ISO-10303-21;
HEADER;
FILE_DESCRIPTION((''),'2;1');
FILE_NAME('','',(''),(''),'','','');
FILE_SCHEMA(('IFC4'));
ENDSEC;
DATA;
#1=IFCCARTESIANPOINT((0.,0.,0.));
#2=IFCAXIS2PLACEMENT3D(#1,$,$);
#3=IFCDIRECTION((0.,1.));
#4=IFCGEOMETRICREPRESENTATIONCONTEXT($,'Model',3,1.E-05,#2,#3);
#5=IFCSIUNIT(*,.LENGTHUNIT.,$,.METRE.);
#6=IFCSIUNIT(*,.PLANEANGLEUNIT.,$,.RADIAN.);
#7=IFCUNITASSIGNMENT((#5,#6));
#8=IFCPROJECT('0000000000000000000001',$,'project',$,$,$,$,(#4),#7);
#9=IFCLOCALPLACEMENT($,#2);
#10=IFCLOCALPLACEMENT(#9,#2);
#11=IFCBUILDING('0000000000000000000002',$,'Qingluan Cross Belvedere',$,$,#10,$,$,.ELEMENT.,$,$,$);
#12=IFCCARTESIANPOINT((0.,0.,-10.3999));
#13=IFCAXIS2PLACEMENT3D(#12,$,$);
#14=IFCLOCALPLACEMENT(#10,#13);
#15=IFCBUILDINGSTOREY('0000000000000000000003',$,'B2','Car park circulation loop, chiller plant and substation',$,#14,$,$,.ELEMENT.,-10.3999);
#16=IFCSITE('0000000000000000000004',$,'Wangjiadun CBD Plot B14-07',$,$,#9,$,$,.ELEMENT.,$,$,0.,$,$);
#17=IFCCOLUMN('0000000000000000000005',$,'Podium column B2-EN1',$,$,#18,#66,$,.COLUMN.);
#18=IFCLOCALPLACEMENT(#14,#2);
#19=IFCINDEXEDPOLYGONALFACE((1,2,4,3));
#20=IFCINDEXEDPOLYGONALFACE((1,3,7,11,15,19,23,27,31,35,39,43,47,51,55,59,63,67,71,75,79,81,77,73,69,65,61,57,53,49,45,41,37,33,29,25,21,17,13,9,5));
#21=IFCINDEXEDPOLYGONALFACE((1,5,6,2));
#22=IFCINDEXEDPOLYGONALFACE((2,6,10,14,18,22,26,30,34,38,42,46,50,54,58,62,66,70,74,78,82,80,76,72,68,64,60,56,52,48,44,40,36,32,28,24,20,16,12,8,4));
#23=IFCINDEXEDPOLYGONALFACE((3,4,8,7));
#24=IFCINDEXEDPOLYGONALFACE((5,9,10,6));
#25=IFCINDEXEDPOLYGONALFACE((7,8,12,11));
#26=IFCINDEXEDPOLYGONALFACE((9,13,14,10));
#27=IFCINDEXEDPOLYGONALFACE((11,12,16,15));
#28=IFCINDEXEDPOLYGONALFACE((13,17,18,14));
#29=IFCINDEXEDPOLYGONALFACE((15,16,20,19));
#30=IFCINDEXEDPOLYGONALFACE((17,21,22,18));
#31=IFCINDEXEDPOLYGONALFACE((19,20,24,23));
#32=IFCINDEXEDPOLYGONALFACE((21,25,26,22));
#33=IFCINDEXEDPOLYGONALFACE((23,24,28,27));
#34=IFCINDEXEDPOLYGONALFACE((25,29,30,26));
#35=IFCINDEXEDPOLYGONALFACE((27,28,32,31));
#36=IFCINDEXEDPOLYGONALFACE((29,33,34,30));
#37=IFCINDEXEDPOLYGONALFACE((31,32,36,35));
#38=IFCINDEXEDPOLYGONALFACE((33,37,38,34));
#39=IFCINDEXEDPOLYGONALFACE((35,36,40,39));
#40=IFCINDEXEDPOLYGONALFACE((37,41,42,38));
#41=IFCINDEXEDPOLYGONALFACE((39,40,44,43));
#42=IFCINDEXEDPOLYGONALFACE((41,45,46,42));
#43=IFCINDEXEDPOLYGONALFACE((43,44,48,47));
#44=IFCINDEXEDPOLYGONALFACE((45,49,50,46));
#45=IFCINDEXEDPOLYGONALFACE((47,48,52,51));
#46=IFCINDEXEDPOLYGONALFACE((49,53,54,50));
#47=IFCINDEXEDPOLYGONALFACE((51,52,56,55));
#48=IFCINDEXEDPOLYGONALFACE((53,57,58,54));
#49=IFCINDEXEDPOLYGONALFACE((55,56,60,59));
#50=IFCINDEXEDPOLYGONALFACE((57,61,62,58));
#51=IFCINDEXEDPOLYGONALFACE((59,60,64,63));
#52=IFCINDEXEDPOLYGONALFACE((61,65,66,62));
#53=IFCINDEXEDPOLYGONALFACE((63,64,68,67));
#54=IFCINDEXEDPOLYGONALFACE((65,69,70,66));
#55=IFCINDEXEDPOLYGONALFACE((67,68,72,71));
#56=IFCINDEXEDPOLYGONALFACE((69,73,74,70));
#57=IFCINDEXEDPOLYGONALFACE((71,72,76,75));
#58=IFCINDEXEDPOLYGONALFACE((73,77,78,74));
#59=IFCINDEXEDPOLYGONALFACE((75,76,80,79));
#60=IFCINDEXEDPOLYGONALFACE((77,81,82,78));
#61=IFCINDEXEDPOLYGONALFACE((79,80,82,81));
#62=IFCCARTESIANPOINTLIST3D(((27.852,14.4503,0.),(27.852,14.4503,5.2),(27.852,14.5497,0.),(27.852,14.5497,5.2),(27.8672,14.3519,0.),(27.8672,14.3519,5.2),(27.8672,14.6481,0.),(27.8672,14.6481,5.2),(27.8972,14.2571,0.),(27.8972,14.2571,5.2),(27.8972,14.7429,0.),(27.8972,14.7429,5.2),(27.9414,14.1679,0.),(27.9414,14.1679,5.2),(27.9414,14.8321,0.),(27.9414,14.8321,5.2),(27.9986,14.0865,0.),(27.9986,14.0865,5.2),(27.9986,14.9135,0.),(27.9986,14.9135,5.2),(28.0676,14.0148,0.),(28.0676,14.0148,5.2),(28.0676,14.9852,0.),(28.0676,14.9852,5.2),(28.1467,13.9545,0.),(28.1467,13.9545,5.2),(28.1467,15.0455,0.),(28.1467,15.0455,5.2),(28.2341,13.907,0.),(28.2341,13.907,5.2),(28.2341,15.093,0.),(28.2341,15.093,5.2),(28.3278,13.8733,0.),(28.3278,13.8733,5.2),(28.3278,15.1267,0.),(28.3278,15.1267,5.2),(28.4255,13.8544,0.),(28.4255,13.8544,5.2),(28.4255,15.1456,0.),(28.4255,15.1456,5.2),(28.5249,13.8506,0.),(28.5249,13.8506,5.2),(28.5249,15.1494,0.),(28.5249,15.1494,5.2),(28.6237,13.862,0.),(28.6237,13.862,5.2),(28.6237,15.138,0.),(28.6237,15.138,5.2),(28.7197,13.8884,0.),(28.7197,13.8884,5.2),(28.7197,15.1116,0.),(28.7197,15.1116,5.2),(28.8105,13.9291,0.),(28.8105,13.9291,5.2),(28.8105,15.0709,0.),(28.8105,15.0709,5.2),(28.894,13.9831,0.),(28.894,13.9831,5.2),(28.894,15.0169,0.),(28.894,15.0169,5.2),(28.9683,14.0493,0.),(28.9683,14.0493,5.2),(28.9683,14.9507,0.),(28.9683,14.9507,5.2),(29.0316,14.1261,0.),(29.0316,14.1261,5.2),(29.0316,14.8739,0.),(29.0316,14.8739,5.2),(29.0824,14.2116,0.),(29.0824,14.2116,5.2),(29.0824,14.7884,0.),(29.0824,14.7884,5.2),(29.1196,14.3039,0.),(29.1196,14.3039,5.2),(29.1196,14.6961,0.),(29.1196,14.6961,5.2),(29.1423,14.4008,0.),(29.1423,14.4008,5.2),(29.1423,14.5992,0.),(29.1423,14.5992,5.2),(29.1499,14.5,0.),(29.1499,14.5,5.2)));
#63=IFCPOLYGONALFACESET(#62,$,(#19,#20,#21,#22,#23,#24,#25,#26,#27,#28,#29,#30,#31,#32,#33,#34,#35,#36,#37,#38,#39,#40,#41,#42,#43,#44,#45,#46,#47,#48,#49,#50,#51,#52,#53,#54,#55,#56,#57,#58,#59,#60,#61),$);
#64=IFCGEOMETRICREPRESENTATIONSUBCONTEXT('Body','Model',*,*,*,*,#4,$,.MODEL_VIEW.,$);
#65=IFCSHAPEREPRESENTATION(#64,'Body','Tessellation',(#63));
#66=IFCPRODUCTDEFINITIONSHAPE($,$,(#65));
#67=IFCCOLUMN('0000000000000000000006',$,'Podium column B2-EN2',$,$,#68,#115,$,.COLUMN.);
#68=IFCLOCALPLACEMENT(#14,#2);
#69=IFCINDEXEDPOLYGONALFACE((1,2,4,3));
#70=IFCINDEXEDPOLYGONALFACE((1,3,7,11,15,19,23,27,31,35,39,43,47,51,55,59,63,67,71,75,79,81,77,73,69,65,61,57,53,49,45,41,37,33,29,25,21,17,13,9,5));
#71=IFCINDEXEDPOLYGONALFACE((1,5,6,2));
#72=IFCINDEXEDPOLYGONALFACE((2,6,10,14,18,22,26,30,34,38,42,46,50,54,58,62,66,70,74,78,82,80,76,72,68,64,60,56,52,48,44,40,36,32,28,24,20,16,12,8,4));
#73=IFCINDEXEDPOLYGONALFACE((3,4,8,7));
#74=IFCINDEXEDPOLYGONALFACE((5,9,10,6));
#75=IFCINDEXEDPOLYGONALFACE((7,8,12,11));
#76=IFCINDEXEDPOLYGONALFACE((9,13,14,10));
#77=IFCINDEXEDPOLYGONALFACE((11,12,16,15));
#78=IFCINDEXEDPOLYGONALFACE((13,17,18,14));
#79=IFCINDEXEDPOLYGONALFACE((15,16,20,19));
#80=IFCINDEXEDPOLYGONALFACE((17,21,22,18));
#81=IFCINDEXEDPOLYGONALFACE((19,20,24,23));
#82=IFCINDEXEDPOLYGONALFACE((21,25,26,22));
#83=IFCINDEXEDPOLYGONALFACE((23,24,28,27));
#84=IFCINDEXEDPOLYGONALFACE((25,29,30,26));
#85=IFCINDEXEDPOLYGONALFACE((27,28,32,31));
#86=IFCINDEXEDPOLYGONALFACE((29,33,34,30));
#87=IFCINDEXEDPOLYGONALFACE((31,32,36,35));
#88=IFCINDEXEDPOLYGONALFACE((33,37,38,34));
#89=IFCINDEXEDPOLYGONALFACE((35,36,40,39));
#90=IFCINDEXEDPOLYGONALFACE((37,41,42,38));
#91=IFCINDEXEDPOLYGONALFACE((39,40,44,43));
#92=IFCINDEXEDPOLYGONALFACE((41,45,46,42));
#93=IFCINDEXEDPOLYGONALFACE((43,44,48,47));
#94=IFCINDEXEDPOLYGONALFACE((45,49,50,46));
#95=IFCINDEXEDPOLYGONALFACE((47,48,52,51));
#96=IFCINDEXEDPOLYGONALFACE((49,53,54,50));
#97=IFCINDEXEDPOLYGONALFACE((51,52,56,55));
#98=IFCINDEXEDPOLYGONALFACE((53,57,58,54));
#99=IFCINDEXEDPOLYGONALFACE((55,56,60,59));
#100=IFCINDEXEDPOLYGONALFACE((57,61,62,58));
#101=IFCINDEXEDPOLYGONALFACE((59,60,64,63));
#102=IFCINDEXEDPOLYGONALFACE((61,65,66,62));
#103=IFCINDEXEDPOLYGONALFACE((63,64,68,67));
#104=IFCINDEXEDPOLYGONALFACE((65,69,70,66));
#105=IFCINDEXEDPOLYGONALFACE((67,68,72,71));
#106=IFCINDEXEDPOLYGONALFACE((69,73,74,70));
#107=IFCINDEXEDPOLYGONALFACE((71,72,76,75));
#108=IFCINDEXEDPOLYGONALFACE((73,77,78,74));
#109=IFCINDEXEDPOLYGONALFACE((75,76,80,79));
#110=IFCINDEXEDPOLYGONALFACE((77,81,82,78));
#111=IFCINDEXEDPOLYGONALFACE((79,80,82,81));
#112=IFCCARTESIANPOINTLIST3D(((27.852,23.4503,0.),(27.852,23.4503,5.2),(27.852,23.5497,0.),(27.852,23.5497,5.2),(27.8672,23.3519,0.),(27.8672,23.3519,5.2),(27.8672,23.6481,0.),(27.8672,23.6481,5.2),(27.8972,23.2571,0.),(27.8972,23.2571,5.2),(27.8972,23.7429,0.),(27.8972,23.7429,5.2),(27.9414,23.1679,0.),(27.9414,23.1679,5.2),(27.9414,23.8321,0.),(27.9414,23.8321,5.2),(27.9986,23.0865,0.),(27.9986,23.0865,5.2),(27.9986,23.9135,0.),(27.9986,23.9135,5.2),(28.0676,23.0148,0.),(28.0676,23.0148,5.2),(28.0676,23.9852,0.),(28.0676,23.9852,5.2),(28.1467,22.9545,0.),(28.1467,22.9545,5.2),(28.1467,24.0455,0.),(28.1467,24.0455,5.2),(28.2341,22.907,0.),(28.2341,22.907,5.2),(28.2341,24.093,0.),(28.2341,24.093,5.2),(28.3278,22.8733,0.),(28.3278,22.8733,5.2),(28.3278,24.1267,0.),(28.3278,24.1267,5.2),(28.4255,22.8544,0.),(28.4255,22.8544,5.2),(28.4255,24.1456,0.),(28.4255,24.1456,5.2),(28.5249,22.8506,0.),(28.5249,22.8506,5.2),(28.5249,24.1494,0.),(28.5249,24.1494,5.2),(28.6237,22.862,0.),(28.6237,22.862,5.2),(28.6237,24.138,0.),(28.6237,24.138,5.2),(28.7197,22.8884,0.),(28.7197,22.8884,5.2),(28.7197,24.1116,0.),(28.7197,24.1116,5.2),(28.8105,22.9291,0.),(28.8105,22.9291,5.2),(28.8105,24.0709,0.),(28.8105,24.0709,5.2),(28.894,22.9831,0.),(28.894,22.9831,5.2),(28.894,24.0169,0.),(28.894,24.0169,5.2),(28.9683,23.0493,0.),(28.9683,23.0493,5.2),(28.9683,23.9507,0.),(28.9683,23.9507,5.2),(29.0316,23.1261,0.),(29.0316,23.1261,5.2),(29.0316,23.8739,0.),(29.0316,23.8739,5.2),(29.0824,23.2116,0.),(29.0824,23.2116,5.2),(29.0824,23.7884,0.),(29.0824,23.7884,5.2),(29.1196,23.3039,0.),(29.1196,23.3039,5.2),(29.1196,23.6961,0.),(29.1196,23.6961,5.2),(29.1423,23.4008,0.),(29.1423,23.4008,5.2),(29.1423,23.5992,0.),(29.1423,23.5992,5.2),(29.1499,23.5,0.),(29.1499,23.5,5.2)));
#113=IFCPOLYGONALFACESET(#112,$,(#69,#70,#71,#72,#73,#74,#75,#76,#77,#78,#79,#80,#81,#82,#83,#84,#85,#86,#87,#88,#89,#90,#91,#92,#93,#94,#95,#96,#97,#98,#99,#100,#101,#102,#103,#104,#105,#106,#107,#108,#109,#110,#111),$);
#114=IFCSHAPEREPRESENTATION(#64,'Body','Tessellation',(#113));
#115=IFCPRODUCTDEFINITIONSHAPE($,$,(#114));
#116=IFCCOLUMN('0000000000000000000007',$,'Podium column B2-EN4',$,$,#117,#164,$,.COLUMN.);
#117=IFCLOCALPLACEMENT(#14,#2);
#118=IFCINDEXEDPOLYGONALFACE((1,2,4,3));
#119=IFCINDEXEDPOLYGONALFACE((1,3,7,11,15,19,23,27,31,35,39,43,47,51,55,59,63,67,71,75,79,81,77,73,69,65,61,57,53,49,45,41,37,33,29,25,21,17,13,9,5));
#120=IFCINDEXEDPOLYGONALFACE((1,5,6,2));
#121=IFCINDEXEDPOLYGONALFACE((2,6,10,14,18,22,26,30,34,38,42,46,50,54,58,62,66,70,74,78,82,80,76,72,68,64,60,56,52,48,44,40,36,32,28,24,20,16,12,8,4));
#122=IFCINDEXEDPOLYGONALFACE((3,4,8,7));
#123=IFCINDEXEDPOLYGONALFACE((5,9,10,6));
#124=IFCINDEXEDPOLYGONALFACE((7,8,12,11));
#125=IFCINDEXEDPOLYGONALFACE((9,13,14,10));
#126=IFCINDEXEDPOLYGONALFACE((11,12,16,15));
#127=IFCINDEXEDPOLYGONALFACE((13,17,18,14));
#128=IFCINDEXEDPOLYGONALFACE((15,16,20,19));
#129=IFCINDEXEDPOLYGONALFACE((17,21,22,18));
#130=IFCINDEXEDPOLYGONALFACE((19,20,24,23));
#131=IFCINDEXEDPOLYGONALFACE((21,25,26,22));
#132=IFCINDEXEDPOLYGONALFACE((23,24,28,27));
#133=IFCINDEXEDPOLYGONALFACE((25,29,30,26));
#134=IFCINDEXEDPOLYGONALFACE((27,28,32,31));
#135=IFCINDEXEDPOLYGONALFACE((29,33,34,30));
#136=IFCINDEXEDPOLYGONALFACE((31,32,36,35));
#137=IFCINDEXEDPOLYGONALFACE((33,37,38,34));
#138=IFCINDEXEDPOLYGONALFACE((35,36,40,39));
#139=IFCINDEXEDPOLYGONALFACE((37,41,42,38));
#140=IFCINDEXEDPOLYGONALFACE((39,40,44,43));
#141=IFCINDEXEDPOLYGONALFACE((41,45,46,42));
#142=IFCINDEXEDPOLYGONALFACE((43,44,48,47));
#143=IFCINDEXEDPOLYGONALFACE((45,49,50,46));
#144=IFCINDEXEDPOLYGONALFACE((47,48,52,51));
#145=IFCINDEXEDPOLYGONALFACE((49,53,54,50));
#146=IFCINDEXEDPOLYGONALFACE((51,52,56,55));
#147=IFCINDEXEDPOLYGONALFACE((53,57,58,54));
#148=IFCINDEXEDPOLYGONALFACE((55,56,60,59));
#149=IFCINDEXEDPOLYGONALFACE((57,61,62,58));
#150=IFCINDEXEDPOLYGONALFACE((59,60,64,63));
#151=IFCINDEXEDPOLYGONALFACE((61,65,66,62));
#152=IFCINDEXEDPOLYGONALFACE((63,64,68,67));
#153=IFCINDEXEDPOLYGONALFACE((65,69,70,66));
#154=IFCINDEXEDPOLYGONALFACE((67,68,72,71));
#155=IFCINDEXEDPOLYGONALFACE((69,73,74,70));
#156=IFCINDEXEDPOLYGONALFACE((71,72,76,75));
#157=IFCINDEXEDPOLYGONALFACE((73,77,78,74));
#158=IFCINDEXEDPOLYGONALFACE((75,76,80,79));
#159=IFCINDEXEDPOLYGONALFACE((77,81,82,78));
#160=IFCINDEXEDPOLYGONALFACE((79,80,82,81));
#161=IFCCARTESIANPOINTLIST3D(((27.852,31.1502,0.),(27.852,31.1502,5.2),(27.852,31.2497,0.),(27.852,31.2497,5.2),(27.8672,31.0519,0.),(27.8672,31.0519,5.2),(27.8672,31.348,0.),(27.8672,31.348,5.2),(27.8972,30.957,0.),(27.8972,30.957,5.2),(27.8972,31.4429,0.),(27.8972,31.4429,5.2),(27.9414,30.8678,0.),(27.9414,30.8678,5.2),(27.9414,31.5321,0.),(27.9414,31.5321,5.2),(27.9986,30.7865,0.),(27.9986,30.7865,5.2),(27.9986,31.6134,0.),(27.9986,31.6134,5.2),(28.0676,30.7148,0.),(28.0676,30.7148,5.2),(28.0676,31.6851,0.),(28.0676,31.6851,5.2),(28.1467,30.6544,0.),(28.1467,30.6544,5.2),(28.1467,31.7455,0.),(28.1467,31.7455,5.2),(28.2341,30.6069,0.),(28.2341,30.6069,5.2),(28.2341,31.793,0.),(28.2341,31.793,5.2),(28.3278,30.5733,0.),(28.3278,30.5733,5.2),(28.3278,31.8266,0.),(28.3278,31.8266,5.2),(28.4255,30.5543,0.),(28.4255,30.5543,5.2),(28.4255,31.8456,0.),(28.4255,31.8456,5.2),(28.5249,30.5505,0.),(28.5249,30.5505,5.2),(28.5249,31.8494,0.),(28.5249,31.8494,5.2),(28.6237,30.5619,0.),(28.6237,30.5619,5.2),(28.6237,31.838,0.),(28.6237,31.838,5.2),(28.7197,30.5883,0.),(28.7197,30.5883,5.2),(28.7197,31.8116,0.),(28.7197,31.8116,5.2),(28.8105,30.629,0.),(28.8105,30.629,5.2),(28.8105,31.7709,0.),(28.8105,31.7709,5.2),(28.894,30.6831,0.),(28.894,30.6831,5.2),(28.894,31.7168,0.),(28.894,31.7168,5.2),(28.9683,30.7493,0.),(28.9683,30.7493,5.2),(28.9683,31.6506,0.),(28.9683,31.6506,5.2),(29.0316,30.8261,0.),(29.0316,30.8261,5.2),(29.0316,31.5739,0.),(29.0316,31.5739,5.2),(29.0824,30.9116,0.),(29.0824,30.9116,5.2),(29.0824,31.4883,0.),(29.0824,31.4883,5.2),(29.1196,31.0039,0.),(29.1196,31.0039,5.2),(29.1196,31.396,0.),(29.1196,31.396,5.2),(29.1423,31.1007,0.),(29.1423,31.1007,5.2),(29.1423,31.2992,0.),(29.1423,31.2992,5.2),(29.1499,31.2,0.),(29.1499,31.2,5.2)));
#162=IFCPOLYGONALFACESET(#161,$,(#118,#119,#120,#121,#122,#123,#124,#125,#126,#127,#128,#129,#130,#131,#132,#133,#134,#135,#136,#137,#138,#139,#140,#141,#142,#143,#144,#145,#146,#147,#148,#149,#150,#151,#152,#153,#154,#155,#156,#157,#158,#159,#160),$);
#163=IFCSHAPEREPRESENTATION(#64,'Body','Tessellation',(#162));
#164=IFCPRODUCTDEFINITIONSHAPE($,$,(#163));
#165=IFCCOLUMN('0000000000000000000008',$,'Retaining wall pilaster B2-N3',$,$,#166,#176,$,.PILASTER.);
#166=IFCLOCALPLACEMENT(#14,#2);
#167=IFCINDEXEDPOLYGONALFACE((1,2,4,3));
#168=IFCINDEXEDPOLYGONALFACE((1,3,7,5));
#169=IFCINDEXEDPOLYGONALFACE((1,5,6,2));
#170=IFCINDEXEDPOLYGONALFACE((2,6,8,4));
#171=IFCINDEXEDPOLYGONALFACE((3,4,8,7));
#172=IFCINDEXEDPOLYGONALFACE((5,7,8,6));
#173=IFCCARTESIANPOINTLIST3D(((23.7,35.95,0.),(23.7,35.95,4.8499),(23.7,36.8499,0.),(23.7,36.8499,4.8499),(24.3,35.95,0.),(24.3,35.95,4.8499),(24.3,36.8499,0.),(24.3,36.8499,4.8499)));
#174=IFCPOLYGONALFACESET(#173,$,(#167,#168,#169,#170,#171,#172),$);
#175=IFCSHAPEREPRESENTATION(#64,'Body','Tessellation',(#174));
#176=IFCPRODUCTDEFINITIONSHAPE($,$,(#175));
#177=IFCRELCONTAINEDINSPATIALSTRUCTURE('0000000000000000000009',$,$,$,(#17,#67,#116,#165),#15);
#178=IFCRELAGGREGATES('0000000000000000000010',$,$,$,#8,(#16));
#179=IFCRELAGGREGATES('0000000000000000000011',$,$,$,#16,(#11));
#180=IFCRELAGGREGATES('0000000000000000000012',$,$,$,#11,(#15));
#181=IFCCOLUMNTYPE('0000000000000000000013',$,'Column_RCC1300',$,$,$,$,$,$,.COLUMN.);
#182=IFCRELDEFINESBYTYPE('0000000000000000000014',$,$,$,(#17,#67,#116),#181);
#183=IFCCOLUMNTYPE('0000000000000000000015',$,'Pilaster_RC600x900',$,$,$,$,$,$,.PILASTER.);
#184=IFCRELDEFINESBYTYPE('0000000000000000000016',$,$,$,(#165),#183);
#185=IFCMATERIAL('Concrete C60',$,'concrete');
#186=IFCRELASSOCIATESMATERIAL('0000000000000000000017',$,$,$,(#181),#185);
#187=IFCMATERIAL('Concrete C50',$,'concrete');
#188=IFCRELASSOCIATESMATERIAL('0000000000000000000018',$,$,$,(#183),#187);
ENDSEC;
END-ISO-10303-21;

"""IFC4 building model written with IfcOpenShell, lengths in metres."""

from ifc_helpers import new_model, si_unit, direction, frame, origin, origin_2d, place, context, subcontext, project, spatial, rectangle, circle, extrude, material, material_profile, profile_set, type_object, element, save


model = new_model("IFC4")

# Units and contexts
model_context = context("Model", 3, precision=1e-05, world=origin(), true_north=direction((0.0, 1.0)))
body_context = subcontext(model_context, "Body", "Model", "MODEL_VIEW")
ifc_project = project(units=[si_unit("LENGTHUNIT", "METRE"), si_unit("PLANEANGLEUNIT", "RADIAN")], contexts=[model_context])

# Site, building, storey
site_placement = place(None, origin())
site = spatial("IfcSite", under=ifc_project, at=site_placement, Name="Wangjiadun CBD Plot B14-07", CompositionType="ELEMENT", RefElevation=0.0)
building_placement = place(site_placement, origin())
building = spatial("IfcBuilding", under=site, at=building_placement, Name="Qingluan Cross Belvedere", CompositionType="ELEMENT")
storey_placement = place(building_placement, frame((0.0, 0.0, -10.3999)))
storey = spatial("IfcBuildingStorey", under=building, at=storey_placement, Name="B2", Description="Car park circulation loop, chiller plant and substation", CompositionType="ELEMENT", Elevation=-10.3999)

# Columns
ifc_material_1 = material(Name="Concrete C60", Category="concrete")
ifc_material_profile_1 = material_profile(ifc_material_1, circle(Radius=0.6499, at=origin_2d()), Name="RCC1300")
ifc_profile_set_1 = profile_set([ifc_material_profile_1], Name="Concrete C60")
column_type_1 = type_object("IfcColumnType", Name="Column_RCC1300", PredefinedType="COLUMN", material=ifc_profile_set_1)
for number, where, z_axis, x_axis, name in (
    (1, (28.5, 14.5, 0.0), (0.0, 0.0, 1.0), (1.0, 0.0, 0.0), "Podium column B2-EN1"),
    (2, (28.5, 23.5, 0.0), (0.0, 0.0, 1.0), (1.0, 0.0, 0.0), "Podium column B2-EN2"),
    (3, (28.5, 31.2, 0.0), (0.0, 0.0, 1.0), (1.0, 0.0, 0.0), "Podium column B2-EN4"),
):
    element("IfcColumn", number, at=place(storey_placement, frame(where, z_axis=z_axis, x_axis=x_axis)), inside=storey, type_object=column_type_1, Name=name, PredefinedType="COLUMN", context=body_context, shape_type="SweptSolid", body=[
        extrude(circle(Radius=0.6499, at=origin_2d()), origin(), (0.0, 0.0, 1.0), 5.2),
    ])
ifc_material_2 = material(Name="Concrete C50", Category="concrete")
ifc_material_profile_2 = material_profile(ifc_material_2, rectangle(XDim=0.6001, YDim=0.8999, at=origin_2d()), Name="RC600x900")
ifc_profile_set_2 = profile_set([ifc_material_profile_2], Name="Concrete C50")
column_type_2 = type_object("IfcColumnType", Name="Pilaster_RC600x900", PredefinedType="PILASTER", material=ifc_profile_set_2)
column_placement = place(storey_placement, frame((24.0, 36.3999, 0.0), z_axis=(0.0, 0.0, 1.0), x_axis=(1.0, 0.0, 0.0)))
element("IfcColumn", 4, at=column_placement, inside=storey, type_object=column_type_2, Name="Retaining wall pilaster B2-N3", PredefinedType="PILASTER", context=body_context, shape_type="SweptSolid", body=[
    extrude(rectangle(XDim=0.6001, YDim=0.8999, at=origin_2d()), origin(), (0.0, 0.0, 1.0), 4.8499),
])

save(model, "model.ifc")
